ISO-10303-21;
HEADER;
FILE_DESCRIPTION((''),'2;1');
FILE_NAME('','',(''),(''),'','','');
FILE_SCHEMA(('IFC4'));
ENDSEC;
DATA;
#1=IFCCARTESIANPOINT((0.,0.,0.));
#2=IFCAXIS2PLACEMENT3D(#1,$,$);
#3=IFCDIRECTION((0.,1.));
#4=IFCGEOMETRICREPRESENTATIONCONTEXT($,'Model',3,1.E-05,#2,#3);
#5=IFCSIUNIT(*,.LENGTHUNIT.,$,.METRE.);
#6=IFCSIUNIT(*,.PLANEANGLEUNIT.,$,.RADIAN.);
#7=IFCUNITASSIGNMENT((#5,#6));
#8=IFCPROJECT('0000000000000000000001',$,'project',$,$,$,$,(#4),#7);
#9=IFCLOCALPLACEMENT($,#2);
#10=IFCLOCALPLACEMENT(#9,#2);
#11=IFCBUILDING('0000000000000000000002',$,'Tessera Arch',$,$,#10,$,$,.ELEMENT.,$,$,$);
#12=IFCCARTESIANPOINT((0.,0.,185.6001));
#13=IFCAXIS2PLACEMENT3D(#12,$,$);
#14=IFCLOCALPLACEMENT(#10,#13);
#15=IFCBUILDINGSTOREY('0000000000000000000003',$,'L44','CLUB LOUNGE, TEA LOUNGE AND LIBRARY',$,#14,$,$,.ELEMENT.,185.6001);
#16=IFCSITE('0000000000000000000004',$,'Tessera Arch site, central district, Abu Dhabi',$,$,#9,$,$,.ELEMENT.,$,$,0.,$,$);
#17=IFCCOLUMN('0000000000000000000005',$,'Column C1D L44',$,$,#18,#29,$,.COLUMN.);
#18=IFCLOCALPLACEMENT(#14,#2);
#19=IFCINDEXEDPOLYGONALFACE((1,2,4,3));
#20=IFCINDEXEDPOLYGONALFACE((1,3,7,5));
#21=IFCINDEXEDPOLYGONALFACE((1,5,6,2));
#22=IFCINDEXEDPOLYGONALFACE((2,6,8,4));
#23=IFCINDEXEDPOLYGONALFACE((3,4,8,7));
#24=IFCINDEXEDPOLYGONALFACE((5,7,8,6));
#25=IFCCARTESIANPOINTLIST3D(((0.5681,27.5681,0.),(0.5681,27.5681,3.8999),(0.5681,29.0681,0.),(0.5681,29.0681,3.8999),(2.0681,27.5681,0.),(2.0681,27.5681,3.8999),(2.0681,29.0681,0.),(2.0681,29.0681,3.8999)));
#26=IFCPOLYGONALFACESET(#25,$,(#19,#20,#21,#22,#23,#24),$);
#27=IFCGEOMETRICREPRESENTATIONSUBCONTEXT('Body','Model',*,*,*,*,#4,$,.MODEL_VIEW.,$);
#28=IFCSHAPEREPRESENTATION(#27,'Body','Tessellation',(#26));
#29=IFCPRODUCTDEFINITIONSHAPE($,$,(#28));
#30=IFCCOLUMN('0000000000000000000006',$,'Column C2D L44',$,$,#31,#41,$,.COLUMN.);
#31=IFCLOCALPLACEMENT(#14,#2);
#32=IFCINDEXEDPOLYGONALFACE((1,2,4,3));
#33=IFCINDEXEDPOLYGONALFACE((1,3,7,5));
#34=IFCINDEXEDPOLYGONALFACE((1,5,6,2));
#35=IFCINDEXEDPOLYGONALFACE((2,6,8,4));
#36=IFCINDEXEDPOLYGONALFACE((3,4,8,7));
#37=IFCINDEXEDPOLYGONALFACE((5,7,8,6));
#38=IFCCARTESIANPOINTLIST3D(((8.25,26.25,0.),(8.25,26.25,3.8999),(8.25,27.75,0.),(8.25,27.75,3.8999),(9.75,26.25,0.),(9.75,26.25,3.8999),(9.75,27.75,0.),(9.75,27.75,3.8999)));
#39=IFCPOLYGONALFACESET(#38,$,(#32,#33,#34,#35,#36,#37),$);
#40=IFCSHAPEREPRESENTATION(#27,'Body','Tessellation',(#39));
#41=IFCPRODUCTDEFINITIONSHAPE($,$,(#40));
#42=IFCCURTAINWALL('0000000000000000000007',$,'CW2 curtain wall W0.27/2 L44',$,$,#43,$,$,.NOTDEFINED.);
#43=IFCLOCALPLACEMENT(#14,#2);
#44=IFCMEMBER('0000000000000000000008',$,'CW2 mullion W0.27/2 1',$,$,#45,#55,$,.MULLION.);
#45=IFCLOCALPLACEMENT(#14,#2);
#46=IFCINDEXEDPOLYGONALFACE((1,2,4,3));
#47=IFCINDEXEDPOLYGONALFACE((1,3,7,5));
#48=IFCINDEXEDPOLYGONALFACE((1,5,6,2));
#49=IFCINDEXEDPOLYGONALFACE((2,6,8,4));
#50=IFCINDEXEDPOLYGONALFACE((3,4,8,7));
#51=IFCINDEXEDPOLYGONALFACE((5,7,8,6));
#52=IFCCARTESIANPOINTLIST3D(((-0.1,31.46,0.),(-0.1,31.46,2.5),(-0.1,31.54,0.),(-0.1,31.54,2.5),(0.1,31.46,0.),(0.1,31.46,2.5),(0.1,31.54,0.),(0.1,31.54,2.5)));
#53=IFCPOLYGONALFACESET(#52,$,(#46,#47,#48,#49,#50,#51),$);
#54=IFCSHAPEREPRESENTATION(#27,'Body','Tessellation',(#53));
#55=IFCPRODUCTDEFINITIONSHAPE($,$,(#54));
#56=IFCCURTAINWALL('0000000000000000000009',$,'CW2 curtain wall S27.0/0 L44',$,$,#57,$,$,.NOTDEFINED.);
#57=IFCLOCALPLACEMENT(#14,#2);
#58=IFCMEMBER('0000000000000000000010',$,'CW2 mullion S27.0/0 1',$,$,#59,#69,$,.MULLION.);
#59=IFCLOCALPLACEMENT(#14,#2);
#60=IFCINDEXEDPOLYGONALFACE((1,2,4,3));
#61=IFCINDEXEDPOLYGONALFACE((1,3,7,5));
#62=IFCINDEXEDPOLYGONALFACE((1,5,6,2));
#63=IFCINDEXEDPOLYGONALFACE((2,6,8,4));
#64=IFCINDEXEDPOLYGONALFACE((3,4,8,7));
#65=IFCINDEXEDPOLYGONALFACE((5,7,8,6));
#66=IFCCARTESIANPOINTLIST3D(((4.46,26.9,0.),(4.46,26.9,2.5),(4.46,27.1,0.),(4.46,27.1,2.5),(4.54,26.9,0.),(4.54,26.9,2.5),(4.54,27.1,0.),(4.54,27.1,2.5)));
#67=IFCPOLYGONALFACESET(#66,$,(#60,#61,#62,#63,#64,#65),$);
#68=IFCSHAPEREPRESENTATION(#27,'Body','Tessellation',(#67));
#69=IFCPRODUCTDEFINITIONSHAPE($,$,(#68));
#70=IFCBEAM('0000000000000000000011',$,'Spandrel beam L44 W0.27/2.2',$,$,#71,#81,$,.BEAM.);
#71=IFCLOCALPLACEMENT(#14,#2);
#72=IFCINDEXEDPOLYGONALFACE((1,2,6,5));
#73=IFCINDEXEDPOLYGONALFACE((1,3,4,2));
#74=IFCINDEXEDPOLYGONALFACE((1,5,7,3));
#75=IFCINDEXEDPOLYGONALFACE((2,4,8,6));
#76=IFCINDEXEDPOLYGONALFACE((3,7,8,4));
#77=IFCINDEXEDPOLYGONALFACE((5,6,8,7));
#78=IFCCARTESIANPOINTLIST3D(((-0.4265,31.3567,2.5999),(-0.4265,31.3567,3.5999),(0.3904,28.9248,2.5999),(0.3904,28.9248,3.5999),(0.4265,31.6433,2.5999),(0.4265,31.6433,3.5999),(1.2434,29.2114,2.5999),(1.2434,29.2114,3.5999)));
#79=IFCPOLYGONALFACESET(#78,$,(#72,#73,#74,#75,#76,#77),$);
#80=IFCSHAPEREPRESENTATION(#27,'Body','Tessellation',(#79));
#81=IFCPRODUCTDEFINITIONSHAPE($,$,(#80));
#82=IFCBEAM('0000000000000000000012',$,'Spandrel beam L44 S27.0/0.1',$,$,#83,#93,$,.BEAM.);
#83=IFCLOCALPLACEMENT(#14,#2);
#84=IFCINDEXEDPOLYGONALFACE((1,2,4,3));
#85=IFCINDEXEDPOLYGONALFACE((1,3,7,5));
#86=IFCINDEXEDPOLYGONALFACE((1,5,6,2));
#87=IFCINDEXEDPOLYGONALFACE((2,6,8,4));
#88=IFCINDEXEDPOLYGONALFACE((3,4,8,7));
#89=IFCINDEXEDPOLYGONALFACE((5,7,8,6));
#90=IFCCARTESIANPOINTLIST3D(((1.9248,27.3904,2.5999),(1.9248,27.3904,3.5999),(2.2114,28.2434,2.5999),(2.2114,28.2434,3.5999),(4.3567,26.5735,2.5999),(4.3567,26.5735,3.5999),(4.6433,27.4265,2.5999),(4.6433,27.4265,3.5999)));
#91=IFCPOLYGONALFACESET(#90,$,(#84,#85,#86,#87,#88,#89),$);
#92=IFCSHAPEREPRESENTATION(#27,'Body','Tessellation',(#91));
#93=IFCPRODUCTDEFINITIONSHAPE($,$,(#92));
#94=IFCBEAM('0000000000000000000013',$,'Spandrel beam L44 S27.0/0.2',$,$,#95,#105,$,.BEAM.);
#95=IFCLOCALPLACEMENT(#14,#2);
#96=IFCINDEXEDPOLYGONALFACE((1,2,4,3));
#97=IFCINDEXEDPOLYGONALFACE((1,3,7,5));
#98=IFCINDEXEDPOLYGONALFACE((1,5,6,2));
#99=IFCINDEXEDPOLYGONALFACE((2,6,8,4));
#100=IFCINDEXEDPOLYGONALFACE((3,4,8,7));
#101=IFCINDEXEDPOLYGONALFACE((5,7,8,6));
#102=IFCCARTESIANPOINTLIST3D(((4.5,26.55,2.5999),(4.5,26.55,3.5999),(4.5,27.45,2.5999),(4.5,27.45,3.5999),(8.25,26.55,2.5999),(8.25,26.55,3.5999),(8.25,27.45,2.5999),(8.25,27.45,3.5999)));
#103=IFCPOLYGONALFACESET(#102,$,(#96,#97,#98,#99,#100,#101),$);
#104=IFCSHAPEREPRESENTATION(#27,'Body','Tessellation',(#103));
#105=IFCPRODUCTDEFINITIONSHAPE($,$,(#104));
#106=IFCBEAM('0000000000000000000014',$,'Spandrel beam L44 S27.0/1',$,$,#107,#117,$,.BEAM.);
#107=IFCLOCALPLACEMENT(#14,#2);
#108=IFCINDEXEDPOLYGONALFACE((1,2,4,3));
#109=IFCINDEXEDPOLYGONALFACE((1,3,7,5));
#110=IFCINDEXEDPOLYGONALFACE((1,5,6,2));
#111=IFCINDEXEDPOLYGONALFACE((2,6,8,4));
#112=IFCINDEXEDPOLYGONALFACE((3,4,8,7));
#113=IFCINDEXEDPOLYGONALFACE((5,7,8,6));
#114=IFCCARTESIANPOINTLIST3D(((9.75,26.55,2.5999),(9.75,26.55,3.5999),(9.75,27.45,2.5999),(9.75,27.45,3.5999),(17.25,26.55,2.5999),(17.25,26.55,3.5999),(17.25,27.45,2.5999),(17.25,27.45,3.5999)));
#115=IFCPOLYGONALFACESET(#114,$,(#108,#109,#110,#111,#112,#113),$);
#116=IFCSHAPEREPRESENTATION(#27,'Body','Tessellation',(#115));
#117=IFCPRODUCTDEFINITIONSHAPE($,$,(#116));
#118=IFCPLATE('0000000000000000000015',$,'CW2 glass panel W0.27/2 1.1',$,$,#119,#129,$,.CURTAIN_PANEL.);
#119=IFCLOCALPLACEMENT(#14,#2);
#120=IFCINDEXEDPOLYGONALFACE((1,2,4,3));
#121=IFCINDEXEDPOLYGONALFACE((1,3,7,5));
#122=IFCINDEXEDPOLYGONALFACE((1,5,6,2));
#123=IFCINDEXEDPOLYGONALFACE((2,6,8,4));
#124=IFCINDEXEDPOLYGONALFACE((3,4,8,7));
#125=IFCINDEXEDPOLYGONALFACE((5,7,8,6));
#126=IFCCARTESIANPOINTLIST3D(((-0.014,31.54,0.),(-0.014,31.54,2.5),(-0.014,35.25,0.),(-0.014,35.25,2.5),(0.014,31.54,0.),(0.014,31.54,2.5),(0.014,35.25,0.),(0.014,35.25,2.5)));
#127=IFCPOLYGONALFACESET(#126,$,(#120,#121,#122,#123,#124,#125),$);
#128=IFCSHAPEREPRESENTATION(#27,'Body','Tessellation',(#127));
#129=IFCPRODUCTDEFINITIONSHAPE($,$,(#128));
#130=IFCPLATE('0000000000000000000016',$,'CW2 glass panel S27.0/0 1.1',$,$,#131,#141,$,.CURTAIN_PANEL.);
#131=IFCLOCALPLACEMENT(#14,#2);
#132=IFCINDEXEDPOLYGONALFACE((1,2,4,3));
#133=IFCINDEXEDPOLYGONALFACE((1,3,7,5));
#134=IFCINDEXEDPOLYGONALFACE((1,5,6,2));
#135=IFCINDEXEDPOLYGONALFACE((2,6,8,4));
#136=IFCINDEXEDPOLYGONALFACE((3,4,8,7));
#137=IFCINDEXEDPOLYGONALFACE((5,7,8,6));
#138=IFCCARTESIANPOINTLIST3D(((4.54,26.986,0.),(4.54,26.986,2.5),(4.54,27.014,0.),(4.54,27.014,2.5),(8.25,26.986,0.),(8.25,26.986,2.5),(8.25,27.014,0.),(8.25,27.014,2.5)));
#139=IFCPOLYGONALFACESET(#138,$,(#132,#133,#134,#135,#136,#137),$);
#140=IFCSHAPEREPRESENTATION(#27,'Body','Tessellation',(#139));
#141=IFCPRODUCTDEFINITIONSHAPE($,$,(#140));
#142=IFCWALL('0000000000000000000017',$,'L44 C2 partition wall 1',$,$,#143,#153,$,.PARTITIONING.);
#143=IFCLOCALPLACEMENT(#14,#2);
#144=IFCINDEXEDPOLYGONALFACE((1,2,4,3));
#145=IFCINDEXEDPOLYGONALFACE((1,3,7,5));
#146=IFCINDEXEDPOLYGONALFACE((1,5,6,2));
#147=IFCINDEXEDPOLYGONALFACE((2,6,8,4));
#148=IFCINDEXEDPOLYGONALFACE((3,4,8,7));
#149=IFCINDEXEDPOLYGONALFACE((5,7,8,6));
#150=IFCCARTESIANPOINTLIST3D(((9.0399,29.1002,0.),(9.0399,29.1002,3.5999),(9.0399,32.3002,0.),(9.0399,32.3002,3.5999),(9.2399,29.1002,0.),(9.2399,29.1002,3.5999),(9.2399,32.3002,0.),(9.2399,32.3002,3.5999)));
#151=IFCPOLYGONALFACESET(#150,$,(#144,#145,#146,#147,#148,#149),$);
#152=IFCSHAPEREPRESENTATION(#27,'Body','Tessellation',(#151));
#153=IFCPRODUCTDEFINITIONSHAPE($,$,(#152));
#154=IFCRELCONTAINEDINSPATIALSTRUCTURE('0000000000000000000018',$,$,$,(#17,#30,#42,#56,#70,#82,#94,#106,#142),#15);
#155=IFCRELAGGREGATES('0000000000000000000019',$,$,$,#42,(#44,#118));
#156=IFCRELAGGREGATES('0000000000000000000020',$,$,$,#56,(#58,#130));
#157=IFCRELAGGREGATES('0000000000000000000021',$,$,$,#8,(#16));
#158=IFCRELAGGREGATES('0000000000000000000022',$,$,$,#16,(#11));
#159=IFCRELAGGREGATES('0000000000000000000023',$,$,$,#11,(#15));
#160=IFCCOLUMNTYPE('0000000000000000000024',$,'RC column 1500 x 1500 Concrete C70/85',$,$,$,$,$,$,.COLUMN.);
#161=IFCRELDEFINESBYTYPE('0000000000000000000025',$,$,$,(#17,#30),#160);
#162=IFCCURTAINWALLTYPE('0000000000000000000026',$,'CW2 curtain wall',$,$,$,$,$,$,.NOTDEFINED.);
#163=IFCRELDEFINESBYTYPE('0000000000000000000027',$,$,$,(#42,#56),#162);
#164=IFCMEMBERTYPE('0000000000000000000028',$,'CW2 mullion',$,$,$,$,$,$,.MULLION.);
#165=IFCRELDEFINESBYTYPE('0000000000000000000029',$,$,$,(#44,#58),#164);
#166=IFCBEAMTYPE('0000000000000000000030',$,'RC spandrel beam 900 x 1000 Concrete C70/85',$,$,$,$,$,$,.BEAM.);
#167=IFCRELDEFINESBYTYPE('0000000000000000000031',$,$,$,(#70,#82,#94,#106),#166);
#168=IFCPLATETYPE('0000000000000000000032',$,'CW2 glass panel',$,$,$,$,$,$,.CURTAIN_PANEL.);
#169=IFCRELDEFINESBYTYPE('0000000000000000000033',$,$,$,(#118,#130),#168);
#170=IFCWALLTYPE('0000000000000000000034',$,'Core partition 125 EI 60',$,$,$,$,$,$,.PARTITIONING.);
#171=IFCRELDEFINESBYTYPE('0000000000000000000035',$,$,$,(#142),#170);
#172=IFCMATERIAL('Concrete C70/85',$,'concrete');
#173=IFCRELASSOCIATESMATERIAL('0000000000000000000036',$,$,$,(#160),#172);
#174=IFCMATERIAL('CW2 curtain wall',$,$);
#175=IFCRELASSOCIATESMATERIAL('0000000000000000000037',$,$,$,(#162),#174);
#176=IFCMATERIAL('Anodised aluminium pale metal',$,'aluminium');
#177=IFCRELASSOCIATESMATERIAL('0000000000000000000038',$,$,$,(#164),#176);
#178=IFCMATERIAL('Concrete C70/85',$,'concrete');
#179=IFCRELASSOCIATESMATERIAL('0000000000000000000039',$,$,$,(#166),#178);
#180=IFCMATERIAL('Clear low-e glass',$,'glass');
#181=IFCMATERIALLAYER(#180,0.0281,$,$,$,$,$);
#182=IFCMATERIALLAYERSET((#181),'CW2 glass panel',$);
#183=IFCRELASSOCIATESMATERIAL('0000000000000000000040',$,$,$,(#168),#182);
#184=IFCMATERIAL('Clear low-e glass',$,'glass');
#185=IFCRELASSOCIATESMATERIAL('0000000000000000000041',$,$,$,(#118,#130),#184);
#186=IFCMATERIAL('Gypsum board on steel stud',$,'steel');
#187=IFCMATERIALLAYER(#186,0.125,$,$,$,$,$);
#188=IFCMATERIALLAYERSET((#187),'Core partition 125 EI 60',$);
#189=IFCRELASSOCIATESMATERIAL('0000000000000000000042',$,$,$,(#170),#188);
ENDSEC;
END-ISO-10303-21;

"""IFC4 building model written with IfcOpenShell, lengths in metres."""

from ifc_helpers import new_model, si_unit, direction, frame, frame_2d, origin, origin_2d, place, context, subcontext, project, spatial, rectangle, extrude, material, layer, layer_set, material_profile, profile_set, type_object, element, aggregate, save


model = new_model("IFC4")

# Units and contexts
model_context = context("Model", 3, precision=1e-05, world=origin(), true_north=direction((0.0, 1.0)))
body_context = subcontext(model_context, "Body", "Model", "MODEL_VIEW")
ifc_project = project(units=[si_unit("LENGTHUNIT", "METRE"), si_unit("PLANEANGLEUNIT", "RADIAN")], contexts=[model_context])

# Site, building, storey
site_placement = place(None, origin())
site = spatial("IfcSite", under=ifc_project, at=site_placement, Name="Tessera Arch site, central district, Abu Dhabi", CompositionType="ELEMENT", RefElevation=0.0)
building_placement = place(site_placement, origin())
building = spatial("IfcBuilding", under=site, at=building_placement, Name="Tessera Arch", CompositionType="ELEMENT")
storey_placement = place(building_placement, frame((0.0, 0.0, 185.6001)))
storey = spatial("IfcBuildingStorey", under=building, at=storey_placement, Name="L44", Description="CLUB LOUNGE, TEA LOUNGE AND LIBRARY", CompositionType="ELEMENT", Elevation=185.6001)

# Columns
ifc_material_1 = material(Name="Concrete C70/85", Category="concrete")
ifc_material_profile_1 = material_profile(ifc_material_1, rectangle(XDim=1.5, YDim=1.5, at=origin_2d()), Name="RC column 1500 x 1500 Concrete C70/85")
ifc_profile_set_1 = profile_set([ifc_material_profile_1], Name="Concrete C70/85")
column_type = type_object("IfcColumnType", Name="RC column 1500 x 1500 Concrete C70/85", PredefinedType="COLUMN", material=ifc_profile_set_1)
for number, where, z_axis, x_axis, name in (
    (1, (1.3181, 28.3181, 0.0), (0.0, 0.0, 1.0), (1.0, 0.0, 0.0), "Column C1D L44"),
    (2, (9.0, 27.0, 0.0), (0.0, 0.0, 1.0), (1.0, 0.0, 0.0), "Column C2D L44"),
):
    element("IfcColumn", number, at=place(storey_placement, frame(where, z_axis=z_axis, x_axis=x_axis)), inside=storey, type_object=column_type, Name=name, PredefinedType="COLUMN", context=body_context, shape_type="SweptSolid", body=[
        extrude(rectangle(XDim=1.5, YDim=1.5, at=origin_2d()), origin(), (0.0, 0.0, 1.0), 3.8999),
    ])

# Curtain walls, members
ifc_material_2 = material(Name="CW2 curtain wall")
curtain_wall_type = type_object("IfcCurtainWallType", Name="CW2 curtain wall", PredefinedType="NOTDEFINED", material=ifc_material_2)
curtain_wall_1_placement = place(storey_placement, origin())
curtain_wall_1 = element("IfcCurtainWall", 3, at=curtain_wall_1_placement, inside=storey, type_object=curtain_wall_type, Name="CW2 curtain wall W0.27/2 L44", PredefinedType="NOTDEFINED")
ifc_material_3 = material(Name="Anodised aluminium pale metal", Category="aluminium")
ifc_material_profile_2 = material_profile(ifc_material_3, rectangle(XDim=0.2, YDim=0.0801, at=origin_2d()), Name="AL 80x200")
ifc_profile_set_2 = profile_set([ifc_material_profile_2], Name="Anodised aluminium pale metal")
member_type = type_object("IfcMemberType", Name="CW2 mullion", PredefinedType="MULLION", material=ifc_profile_set_2)
member_1_placement = place(storey_placement, frame((0.0, 31.5, 0.0), z_axis=(0.0, 0.0, 1.0), x_axis=(1.0, 0.0, 0.0)))
member_1 = element("IfcMember", 4, at=member_1_placement, type_object=member_type, Name="CW2 mullion W0.27/2 1", PredefinedType="MULLION", context=body_context, shape_type="SweptSolid", body=[
    extrude(rectangle(XDim=0.2, YDim=0.0801, at=origin_2d()), origin(), (0.0, 0.0, 1.0), 2.5),
])
curtain_wall_2_placement = place(storey_placement, origin())
curtain_wall_2 = element("IfcCurtainWall", 5, at=curtain_wall_2_placement, inside=storey, type_object=curtain_wall_type, Name="CW2 curtain wall S27.0/0 L44", PredefinedType="NOTDEFINED")
member_2_placement = place(storey_placement, frame((4.5, 27.0, 0.0), z_axis=(0.0, 0.0, 1.0), x_axis=(0.0, 1.0, 0.0)))
member_2 = element("IfcMember", 6, at=member_2_placement, type_object=member_type, Name="CW2 mullion S27.0/0 1", PredefinedType="MULLION", context=body_context, shape_type="SweptSolid", body=[
    extrude(rectangle(XDim=0.2, YDim=0.0801, at=origin_2d()), origin(), (0.0, 0.0, 1.0), 2.5),
])

# Beams
ifc_material_4 = material(Name="Concrete C70/85", Category="concrete")
ifc_material_profile_3 = material_profile(ifc_material_4, rectangle(XDim=0.8999, YDim=1.0, at=origin_2d()), Name="RC spandrel beam 900 x 1000 Concrete C70/85")
ifc_profile_set_3 = profile_set([ifc_material_profile_3], Name="Concrete C70/85")
beam_type = type_object("IfcBeamType", Name="RC spandrel beam 900 x 1000 Concrete C70/85", PredefinedType="BEAM", material=ifc_profile_set_3)
for number, where, z_axis, x_axis, name in (
    (7, (0.0, 31.5, 3.0999), (0.318425, -0.947948, 0.0), (0.947948, 0.318425, 0.0), "Spandrel beam L44 W0.27/2.2"),
    (8, (2.0681, 27.8169, 3.0999), (0.947948, -0.318425, 0.0), (0.318425, 0.947948, 0.0), "Spandrel beam L44 S27.0/0.1"),
):
    element("IfcBeam", number, at=place(storey_placement, frame(where, z_axis=z_axis, x_axis=x_axis)), inside=storey, type_object=beam_type, Name=name, PredefinedType="BEAM", context=body_context, shape_type="SweptSolid", body=[
        extrude(rectangle(XDim=0.8999, YDim=1.0, at=origin_2d()), origin(), (0.0, 0.0, 1.0), 2.5654),
    ])
beam_1_placement = place(storey_placement, frame((4.5, 27.0, 3.0999), z_axis=(1.0, 0.0, 0.0), x_axis=(0.0, 1.0, 0.0)))
element("IfcBeam", 9, at=beam_1_placement, inside=storey, type_object=beam_type, Name="Spandrel beam L44 S27.0/0.2", PredefinedType="BEAM", context=body_context, shape_type="SweptSolid", body=[
    extrude(rectangle(XDim=0.8999, YDim=1.0, at=origin_2d()), origin(), (0.0, 0.0, 1.0), 3.75),
])
beam_2_placement = place(storey_placement, frame((9.75, 27.0, 3.0999), z_axis=(1.0, 0.0, 0.0), x_axis=(0.0, 1.0, 0.0)))
element("IfcBeam", 10, at=beam_2_placement, inside=storey, type_object=beam_type, Name="Spandrel beam L44 S27.0/1", PredefinedType="BEAM", context=body_context, shape_type="SweptSolid", body=[
    extrude(rectangle(XDim=0.8999, YDim=1.0, at=origin_2d()), origin(), (0.0, 0.0, 1.0), 7.5),
])

# Plates
ifc_material_5 = material(Name="Clear low-e glass", Category="glass")
ifc_material_6 = material(Name="Clear low-e glass", Category="glass")
ifc_layer_1 = layer(ifc_material_6, 0.0281)
ifc_layer_set_1 = layer_set([ifc_layer_1], Name="CW2 glass panel")
plate_type = type_object("IfcPlateType", Name="CW2 glass panel", PredefinedType="CURTAIN_PANEL", material=ifc_layer_set_1)
plate_1_placement = place(storey_placement, frame((0.0, 33.395, 0.0), z_axis=(0.0, 0.0, 1.0), x_axis=(0.0, -1.0, 0.0)))
plate_1 = element("IfcPlate", 11, at=plate_1_placement, type_object=plate_type, material=ifc_material_5, Name="CW2 glass panel W0.27/2 1.1", PredefinedType="CURTAIN_PANEL", context=body_context, shape_type="SweptSolid", body=[
    extrude(rectangle(XDim=3.71, YDim=0.0281, at=origin_2d()), origin(), (0.0, 0.0, 1.0), 2.5),
])
aggregate(curtain_wall_1, [member_1, plate_1])
plate_2_placement = place(storey_placement, frame((6.395, 27.0, 0.0), z_axis=(0.0, 0.0, 1.0), x_axis=(1.0, 0.0, 0.0)))
plate_2 = element("IfcPlate", 12, at=plate_2_placement, type_object=plate_type, material=ifc_material_5, Name="CW2 glass panel S27.0/0 1.1", PredefinedType="CURTAIN_PANEL", context=body_context, shape_type="SweptSolid", body=[
    extrude(rectangle(XDim=3.71, YDim=0.0281, at=origin_2d()), origin(), (0.0, 0.0, 1.0), 2.5),
])
aggregate(curtain_wall_2, [member_2, plate_2])

# Wall
ifc_material_7 = material(Name="Gypsum board on steel stud", Category="steel")
ifc_layer_2 = layer(ifc_material_7, 0.125)
ifc_layer_set_2 = layer_set([ifc_layer_2], Name="Core partition 125 EI 60")
wall_type_1 = type_object("IfcWallType", Name="Core partition 125 EI 60", PredefinedType="PARTITIONING", material=ifc_layer_set_2)
wall_1_placement = place(storey_placement, frame((9.1399, 29.1001, 0.0), z_axis=(0.0, 0.0, 1.0), x_axis=(0.0, 1.0, 0.0)))
element("IfcWall", 13, at=wall_1_placement, inside=storey, type_object=wall_type_1, Name="L44 C2 partition wall 1", PredefinedType="PARTITIONING", context=body_context, shape_type="SweptSolid", body=[
    extrude(rectangle(XDim=3.2, YDim=0.2, at=frame_2d((1.6001, 0.0))), origin(), (0.0, 0.0, 1.0), 3.5999),
])

save(model, "model.ifc")
